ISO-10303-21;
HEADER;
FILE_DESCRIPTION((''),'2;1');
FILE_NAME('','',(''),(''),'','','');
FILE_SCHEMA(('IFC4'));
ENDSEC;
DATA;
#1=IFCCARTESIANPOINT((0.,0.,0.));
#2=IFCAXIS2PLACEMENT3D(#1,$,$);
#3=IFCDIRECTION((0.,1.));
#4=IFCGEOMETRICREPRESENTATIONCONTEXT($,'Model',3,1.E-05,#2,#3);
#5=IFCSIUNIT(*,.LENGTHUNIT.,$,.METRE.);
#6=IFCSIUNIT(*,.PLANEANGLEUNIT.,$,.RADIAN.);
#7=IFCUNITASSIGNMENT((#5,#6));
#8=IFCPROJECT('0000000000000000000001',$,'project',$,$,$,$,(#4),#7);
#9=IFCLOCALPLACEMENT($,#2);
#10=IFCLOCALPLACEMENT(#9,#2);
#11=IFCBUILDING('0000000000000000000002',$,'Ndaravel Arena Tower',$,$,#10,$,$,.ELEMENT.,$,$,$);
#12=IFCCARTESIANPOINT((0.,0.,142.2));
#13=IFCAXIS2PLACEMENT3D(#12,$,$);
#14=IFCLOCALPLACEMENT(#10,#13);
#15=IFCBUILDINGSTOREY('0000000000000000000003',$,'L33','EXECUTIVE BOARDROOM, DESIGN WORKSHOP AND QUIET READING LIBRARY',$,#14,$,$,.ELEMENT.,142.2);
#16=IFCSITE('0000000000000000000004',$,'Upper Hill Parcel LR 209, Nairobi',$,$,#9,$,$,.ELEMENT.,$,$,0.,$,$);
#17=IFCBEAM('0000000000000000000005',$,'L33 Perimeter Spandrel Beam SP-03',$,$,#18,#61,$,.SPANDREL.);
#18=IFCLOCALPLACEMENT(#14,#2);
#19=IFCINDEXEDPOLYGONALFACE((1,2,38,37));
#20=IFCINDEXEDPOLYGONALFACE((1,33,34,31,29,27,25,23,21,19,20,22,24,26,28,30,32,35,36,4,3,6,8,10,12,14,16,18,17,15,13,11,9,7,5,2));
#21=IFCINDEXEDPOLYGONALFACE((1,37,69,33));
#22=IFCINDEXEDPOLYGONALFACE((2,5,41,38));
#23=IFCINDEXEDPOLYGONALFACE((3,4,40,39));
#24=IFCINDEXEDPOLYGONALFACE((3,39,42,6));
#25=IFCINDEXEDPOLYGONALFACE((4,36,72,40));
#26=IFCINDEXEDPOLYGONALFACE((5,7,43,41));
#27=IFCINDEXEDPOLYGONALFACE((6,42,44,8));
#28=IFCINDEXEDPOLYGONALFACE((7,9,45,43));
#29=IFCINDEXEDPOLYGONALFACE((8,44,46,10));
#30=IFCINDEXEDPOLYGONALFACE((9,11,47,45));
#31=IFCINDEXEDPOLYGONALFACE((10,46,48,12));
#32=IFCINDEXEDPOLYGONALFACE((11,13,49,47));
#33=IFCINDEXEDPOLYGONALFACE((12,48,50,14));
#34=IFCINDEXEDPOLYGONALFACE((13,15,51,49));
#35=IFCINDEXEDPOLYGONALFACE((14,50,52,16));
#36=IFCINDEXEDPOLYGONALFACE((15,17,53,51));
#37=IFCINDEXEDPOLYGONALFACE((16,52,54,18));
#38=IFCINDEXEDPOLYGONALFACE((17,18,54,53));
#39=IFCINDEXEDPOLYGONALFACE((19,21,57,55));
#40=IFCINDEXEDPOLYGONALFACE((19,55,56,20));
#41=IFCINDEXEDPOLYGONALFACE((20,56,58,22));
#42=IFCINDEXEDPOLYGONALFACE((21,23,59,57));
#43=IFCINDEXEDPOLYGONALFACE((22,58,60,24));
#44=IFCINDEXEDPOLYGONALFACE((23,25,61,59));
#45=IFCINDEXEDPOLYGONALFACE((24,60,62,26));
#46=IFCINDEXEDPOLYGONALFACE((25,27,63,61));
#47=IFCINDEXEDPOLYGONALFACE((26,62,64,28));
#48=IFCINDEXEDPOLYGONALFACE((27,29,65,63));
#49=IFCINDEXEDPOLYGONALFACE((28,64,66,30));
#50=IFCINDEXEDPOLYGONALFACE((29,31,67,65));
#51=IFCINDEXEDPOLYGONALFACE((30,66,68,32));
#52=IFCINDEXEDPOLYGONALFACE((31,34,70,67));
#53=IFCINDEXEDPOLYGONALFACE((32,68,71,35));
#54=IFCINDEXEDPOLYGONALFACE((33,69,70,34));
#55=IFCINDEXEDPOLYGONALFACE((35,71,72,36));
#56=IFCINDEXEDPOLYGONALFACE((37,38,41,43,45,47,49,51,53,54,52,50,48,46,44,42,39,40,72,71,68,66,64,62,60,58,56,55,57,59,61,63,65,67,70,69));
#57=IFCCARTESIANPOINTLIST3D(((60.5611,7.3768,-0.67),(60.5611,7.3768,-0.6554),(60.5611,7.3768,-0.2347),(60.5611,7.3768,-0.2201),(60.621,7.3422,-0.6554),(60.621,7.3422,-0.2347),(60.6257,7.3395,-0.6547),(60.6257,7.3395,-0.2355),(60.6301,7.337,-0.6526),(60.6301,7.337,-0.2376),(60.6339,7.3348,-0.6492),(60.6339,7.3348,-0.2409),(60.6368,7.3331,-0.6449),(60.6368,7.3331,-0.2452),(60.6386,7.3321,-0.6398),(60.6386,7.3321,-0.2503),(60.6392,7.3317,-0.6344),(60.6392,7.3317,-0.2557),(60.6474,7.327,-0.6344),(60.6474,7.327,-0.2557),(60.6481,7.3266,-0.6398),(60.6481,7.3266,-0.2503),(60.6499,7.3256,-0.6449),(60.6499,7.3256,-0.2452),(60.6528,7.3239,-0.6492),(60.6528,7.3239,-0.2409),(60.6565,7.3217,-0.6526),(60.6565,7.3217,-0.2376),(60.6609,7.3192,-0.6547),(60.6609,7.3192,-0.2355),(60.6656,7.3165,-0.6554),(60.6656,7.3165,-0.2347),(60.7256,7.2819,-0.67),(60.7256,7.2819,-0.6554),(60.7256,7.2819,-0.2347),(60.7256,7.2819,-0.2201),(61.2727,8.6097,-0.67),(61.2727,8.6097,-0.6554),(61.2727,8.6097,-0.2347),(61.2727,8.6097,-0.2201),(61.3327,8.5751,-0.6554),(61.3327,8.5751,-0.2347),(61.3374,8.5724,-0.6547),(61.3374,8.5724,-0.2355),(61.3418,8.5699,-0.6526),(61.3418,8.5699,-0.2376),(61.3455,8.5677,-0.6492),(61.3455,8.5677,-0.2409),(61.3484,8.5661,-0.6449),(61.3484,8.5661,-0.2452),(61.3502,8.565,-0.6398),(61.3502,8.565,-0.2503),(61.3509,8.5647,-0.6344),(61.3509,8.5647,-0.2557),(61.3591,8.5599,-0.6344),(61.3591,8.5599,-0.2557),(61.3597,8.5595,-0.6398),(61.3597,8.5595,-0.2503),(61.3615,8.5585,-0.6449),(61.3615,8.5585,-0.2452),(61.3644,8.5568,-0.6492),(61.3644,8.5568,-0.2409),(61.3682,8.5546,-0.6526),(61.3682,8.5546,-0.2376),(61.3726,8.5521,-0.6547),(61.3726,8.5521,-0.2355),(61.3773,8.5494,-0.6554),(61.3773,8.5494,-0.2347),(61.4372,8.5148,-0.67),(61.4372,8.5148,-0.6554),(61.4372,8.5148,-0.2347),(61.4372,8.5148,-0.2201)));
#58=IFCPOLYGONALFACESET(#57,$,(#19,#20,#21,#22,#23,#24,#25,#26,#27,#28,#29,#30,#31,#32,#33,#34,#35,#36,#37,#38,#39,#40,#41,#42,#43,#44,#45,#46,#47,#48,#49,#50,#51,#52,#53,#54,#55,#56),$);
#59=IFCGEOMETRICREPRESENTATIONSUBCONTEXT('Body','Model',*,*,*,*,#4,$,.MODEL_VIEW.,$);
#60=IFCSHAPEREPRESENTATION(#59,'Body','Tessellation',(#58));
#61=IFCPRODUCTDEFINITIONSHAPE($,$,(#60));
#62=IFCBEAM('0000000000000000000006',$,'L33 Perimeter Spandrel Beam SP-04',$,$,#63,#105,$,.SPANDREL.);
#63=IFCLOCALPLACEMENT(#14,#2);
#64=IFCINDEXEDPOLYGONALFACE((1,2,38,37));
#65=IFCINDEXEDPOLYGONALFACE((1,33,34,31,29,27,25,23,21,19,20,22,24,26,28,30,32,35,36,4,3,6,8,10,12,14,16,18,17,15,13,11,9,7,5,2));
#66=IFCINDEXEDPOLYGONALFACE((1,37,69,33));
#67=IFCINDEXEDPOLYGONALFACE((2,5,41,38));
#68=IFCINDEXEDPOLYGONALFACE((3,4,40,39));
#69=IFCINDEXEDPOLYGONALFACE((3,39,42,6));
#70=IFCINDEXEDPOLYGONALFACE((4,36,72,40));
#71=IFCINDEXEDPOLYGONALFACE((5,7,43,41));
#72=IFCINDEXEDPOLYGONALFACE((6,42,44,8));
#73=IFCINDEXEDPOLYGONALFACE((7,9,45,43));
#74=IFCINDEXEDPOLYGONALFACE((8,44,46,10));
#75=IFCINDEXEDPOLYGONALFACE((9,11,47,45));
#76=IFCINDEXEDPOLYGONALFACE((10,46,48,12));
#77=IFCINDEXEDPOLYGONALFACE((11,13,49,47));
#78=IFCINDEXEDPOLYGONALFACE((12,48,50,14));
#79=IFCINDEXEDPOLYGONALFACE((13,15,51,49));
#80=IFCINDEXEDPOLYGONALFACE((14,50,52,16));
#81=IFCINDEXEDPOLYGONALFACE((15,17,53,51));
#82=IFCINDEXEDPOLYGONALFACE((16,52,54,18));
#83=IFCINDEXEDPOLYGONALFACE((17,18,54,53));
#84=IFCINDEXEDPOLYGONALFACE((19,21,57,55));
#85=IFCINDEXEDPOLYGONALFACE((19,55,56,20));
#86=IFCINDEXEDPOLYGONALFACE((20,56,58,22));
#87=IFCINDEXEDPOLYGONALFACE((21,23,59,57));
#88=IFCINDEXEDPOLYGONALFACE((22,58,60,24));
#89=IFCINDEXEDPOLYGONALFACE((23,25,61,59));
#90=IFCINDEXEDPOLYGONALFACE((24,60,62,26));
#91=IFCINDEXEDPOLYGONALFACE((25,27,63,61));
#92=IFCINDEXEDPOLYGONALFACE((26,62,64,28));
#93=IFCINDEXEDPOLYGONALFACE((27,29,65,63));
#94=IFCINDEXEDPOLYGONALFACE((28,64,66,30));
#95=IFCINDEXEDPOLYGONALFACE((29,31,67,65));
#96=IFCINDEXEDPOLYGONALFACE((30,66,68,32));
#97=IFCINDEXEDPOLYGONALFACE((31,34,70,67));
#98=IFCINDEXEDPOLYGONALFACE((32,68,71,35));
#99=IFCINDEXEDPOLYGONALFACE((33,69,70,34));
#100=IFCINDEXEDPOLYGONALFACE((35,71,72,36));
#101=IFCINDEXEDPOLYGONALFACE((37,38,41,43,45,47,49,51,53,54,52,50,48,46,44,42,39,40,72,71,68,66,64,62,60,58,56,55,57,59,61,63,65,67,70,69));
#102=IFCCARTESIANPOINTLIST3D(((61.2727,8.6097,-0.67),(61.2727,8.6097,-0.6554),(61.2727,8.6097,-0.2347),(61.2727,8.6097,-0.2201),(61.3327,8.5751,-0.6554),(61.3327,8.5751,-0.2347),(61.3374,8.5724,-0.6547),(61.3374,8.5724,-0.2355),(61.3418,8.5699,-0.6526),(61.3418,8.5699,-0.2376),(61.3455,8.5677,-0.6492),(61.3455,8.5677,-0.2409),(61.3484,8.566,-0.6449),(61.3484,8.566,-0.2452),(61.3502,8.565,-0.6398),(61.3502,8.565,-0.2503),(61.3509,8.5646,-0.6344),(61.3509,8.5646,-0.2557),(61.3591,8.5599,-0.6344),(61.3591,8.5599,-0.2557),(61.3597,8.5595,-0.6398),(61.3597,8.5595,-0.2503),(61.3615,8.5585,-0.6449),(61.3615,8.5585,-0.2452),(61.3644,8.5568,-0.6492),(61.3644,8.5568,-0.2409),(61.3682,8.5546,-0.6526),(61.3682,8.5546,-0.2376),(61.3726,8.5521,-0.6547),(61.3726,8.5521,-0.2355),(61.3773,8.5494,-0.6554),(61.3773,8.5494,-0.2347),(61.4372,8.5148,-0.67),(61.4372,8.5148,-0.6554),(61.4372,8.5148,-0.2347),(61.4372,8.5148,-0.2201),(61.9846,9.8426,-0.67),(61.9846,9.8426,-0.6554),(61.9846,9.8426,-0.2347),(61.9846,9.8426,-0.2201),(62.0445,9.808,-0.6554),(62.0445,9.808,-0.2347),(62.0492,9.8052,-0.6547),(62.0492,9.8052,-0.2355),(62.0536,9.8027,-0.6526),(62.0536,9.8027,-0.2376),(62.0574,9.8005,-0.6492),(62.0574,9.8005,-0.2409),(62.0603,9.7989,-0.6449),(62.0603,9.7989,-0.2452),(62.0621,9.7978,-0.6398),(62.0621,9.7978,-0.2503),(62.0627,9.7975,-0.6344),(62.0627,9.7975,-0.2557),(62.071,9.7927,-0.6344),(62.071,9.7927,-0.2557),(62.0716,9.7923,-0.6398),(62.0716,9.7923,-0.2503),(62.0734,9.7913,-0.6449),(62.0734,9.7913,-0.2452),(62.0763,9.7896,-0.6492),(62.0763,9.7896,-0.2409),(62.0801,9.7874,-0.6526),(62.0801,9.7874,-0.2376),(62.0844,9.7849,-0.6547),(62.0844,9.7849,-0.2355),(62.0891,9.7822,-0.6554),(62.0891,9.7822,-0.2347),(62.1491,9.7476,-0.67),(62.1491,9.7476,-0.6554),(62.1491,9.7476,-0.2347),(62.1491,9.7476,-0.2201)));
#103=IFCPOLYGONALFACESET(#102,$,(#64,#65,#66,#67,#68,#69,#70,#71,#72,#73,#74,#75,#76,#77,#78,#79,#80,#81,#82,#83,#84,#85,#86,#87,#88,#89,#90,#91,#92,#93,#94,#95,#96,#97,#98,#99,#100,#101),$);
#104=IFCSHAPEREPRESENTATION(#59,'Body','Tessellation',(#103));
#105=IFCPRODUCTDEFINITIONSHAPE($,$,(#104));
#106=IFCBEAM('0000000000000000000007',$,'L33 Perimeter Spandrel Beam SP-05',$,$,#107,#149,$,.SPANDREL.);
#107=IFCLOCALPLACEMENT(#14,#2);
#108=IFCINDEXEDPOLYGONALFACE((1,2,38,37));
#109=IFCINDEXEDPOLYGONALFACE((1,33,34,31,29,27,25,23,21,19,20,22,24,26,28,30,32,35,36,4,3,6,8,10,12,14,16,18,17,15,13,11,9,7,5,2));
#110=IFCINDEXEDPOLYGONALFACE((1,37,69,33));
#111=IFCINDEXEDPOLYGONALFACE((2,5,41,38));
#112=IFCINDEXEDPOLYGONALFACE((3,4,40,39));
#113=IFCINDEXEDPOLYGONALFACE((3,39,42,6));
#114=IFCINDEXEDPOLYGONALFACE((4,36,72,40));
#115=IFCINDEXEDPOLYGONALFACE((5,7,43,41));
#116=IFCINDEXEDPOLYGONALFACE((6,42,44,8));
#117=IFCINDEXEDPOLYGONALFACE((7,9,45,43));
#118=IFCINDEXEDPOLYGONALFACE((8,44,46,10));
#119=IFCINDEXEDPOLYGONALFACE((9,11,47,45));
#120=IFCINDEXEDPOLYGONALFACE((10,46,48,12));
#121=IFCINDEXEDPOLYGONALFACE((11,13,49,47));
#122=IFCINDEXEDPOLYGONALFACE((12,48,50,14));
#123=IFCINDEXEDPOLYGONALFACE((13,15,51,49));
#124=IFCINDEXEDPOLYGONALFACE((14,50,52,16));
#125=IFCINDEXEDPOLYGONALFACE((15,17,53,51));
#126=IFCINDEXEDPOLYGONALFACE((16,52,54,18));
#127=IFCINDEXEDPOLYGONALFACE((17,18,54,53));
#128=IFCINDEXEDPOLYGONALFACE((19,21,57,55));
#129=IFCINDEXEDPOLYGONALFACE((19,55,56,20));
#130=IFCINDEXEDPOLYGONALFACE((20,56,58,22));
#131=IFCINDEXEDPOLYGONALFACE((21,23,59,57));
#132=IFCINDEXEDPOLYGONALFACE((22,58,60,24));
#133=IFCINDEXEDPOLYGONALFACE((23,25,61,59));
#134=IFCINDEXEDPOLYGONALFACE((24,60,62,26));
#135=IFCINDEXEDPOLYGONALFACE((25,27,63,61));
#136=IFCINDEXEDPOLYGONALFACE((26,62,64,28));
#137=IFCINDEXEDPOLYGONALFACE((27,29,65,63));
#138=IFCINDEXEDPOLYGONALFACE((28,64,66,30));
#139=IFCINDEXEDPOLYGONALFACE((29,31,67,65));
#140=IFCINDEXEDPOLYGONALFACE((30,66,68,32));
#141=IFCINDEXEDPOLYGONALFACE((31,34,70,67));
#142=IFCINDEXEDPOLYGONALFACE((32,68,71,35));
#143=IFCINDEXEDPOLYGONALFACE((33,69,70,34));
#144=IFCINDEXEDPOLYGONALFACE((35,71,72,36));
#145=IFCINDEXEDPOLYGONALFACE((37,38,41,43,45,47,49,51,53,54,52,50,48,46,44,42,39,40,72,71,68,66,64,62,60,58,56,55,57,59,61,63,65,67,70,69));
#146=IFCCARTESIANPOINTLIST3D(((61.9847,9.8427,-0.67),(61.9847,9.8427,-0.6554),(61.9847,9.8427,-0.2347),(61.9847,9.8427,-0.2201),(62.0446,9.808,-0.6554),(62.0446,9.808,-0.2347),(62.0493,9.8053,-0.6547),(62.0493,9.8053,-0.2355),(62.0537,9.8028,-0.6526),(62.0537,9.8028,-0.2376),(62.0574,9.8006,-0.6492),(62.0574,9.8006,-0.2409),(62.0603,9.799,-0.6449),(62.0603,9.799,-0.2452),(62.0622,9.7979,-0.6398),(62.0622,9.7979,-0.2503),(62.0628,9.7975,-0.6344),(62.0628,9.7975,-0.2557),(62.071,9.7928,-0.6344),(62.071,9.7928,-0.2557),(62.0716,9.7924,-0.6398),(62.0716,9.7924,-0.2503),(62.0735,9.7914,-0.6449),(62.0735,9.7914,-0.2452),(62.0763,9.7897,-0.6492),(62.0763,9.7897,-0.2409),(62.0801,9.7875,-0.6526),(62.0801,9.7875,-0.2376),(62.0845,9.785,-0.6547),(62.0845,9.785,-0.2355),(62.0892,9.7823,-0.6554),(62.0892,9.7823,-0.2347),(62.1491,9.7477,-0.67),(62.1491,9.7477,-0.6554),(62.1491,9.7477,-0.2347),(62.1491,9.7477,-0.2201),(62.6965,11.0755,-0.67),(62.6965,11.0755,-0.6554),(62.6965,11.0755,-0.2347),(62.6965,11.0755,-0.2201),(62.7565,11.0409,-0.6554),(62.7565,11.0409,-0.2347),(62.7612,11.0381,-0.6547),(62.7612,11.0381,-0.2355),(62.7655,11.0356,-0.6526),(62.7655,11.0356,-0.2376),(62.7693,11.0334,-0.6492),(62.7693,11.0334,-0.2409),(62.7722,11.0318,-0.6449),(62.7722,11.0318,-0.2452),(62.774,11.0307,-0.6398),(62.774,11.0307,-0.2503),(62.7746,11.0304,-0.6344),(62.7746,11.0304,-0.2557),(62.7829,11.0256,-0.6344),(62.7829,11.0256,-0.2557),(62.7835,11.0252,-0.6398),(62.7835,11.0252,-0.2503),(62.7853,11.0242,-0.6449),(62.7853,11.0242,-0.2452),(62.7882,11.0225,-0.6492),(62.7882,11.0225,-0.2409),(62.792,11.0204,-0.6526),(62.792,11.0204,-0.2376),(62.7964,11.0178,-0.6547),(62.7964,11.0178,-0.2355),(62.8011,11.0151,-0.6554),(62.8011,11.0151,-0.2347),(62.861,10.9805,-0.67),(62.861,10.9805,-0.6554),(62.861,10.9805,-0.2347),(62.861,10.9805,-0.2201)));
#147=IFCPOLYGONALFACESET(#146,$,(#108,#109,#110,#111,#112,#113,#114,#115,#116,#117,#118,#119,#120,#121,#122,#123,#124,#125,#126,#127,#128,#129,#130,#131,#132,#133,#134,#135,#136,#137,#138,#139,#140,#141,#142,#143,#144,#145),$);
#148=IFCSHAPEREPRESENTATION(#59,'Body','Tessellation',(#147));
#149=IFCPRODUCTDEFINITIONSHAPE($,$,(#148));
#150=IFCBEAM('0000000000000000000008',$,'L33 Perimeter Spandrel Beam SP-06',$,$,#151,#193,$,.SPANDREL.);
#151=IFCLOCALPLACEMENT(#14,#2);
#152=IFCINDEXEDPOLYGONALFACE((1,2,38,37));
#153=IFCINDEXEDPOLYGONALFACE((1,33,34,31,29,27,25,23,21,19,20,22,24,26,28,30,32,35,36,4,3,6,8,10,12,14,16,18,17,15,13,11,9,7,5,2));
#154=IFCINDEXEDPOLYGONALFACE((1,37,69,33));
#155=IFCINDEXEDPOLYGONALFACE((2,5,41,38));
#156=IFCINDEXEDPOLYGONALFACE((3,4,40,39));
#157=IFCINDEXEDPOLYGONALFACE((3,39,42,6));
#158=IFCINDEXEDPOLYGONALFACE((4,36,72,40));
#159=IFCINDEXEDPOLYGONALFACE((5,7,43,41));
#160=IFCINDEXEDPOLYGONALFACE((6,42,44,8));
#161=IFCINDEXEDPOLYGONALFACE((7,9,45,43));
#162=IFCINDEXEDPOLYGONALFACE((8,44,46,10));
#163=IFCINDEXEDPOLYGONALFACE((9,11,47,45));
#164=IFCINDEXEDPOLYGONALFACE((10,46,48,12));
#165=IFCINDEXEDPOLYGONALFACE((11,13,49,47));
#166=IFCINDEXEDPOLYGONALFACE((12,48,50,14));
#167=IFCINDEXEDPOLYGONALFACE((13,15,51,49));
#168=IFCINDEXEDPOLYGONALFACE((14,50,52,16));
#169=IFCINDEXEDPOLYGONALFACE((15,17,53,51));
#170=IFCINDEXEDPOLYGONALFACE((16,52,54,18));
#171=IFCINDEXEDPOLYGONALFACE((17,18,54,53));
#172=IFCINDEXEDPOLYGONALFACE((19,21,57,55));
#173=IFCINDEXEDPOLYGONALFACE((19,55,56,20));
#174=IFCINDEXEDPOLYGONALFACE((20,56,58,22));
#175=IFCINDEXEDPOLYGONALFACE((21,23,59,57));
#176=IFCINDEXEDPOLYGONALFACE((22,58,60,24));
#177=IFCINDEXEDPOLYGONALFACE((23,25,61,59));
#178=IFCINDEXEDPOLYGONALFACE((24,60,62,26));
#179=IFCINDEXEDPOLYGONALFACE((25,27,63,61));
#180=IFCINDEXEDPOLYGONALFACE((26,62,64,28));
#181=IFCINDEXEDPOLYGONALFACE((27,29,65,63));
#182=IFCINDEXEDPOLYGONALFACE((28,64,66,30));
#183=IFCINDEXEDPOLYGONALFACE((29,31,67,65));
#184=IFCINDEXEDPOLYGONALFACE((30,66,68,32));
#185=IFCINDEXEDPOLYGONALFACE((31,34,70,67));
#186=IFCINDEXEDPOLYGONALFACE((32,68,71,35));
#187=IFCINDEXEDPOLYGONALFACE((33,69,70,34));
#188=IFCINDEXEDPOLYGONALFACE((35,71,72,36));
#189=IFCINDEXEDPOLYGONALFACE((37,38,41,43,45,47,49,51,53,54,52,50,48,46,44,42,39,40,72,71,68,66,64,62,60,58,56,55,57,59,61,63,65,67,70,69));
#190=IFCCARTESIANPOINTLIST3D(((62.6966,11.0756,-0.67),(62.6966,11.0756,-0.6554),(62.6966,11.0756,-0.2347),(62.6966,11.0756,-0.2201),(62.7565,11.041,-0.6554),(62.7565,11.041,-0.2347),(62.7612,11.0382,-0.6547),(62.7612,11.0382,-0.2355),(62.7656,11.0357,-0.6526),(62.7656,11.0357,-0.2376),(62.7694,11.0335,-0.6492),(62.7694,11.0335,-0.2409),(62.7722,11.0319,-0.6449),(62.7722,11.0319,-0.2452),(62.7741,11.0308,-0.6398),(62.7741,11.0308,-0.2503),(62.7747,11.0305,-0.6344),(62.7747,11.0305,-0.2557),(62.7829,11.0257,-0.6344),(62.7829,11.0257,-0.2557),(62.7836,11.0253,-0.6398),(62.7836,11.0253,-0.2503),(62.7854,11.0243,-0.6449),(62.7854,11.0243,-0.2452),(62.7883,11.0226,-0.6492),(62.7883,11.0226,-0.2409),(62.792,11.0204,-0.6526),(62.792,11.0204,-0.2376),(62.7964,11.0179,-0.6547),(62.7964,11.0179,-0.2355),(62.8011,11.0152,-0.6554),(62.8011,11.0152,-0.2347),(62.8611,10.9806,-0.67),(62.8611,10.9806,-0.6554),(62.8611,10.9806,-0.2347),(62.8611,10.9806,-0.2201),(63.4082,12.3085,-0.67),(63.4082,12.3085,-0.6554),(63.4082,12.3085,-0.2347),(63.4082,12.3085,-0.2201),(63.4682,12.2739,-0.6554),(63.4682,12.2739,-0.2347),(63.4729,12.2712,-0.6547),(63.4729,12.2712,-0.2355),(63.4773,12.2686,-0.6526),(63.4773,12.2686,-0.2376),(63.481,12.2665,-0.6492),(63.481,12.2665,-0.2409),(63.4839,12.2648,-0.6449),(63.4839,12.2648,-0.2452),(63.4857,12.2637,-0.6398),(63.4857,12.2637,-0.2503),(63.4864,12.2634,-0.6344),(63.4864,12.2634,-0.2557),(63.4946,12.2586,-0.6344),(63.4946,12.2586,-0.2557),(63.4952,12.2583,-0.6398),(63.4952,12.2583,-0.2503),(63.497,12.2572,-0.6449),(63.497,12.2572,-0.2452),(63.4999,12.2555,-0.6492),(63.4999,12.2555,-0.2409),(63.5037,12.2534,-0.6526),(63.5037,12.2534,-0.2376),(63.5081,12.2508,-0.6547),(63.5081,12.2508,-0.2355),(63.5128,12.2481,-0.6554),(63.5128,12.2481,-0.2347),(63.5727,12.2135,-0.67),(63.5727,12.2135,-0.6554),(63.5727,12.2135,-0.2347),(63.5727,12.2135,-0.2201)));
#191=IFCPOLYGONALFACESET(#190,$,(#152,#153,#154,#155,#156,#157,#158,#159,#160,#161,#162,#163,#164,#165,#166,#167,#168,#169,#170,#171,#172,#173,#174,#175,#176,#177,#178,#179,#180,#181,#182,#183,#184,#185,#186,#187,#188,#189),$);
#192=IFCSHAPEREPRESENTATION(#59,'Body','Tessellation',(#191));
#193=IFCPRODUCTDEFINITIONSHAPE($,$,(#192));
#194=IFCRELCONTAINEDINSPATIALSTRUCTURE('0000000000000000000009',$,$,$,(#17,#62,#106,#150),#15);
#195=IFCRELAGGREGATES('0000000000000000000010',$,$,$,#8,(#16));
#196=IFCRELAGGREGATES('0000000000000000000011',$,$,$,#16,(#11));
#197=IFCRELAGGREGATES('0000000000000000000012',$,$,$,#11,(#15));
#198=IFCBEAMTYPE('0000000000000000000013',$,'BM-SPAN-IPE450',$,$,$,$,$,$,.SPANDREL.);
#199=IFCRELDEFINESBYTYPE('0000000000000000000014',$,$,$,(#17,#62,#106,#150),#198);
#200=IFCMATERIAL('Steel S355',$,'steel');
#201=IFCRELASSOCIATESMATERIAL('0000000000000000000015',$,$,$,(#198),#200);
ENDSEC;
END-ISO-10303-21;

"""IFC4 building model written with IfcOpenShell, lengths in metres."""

from ifc_helpers import new_model, si_unit, direction, frame, origin, origin_2d, place, context, subcontext, project, spatial, i_section, extrude, material, material_profile, profile_set, type_object, element, save


model = new_model("IFC4")

# Units and contexts
model_context = context("Model", 3, precision=1e-05, world=origin(), true_north=direction((0.0, 1.0)))
body_context = subcontext(model_context, "Body", "Model", "MODEL_VIEW")
ifc_project = project(units=[si_unit("LENGTHUNIT", "METRE"), si_unit("PLANEANGLEUNIT", "RADIAN")], contexts=[model_context])

# Site, building, storey
site_placement = place(None, origin())
site = spatial("IfcSite", under=ifc_project, at=site_placement, Name="Upper Hill Parcel LR 209, Nairobi", CompositionType="ELEMENT", RefElevation=0.0)
building_placement = place(site_placement, origin())
building = spatial("IfcBuilding", under=site, at=building_placement, Name="Ndaravel Arena Tower", CompositionType="ELEMENT")
storey_placement = place(building_placement, frame((0.0, 0.0, 142.2)))
storey = spatial("IfcBuildingStorey", under=building, at=storey_placement, Name="L33", Description="EXECUTIVE BOARDROOM, DESIGN WORKSHOP AND QUIET READING LIBRARY", CompositionType="ELEMENT", Elevation=142.2)

# Beams
ifc_material_1 = material(Name="Steel S355", Category="steel")
ifc_material_profile_1 = material_profile(ifc_material_1, i_section(OverallWidth=0.1899, OverallDepth=0.45, WebThickness=0.0095, FlangeThickness=0.0146, FilletRadius=0.021, at=origin_2d()), Name="IPE 450")
ifc_profile_set_1 = profile_set([ifc_material_profile_1], Name="Steel S355")
beam_type = type_object("IfcBeamType", Name="BM-SPAN-IPE450", PredefinedType="SPANDREL", material=ifc_profile_set_1)
for number, where, z_axis, x_axis, name in (
    (1, (60.6433, 7.3293, -0.4451), (0.49992, 0.866071, 0.0), (-0.866071, 0.49992, 0.0), "L33 Perimeter Spandrel Beam SP-03"),
    (2, (61.355, 8.5623, -0.4451), (0.500049, 0.865997, 0.0), (-0.865997, 0.500049, 0.0), "L33 Perimeter Spandrel Beam SP-04"),
    (3, (62.0669, 9.7952, -0.4451), (0.500049, 0.865997, 0.0), (-0.865997, 0.500049, 0.0), "L33 Perimeter Spandrel Beam SP-05"),
    (4, (62.7788, 11.0281, -0.4451), (0.49992, 0.866071, 0.0), (-0.866071, 0.49992, 0.0), "L33 Perimeter Spandrel Beam SP-06"),
):
    element("IfcBeam", number, at=place(storey_placement, frame(where, z_axis=z_axis, x_axis=x_axis)), inside=storey, type_object=beam_type, Name=name, PredefinedType="SPANDREL", context=body_context, shape_type="SweptSolid", body=[
        extrude(i_section(OverallWidth=0.1899, OverallDepth=0.45, WebThickness=0.0095, FlangeThickness=0.0146, FilletRadius=0.021, at=origin_2d()), origin(), (0.0, 0.0, 1.0), 1.4236),
    ])

save(model, "model.ifc")
